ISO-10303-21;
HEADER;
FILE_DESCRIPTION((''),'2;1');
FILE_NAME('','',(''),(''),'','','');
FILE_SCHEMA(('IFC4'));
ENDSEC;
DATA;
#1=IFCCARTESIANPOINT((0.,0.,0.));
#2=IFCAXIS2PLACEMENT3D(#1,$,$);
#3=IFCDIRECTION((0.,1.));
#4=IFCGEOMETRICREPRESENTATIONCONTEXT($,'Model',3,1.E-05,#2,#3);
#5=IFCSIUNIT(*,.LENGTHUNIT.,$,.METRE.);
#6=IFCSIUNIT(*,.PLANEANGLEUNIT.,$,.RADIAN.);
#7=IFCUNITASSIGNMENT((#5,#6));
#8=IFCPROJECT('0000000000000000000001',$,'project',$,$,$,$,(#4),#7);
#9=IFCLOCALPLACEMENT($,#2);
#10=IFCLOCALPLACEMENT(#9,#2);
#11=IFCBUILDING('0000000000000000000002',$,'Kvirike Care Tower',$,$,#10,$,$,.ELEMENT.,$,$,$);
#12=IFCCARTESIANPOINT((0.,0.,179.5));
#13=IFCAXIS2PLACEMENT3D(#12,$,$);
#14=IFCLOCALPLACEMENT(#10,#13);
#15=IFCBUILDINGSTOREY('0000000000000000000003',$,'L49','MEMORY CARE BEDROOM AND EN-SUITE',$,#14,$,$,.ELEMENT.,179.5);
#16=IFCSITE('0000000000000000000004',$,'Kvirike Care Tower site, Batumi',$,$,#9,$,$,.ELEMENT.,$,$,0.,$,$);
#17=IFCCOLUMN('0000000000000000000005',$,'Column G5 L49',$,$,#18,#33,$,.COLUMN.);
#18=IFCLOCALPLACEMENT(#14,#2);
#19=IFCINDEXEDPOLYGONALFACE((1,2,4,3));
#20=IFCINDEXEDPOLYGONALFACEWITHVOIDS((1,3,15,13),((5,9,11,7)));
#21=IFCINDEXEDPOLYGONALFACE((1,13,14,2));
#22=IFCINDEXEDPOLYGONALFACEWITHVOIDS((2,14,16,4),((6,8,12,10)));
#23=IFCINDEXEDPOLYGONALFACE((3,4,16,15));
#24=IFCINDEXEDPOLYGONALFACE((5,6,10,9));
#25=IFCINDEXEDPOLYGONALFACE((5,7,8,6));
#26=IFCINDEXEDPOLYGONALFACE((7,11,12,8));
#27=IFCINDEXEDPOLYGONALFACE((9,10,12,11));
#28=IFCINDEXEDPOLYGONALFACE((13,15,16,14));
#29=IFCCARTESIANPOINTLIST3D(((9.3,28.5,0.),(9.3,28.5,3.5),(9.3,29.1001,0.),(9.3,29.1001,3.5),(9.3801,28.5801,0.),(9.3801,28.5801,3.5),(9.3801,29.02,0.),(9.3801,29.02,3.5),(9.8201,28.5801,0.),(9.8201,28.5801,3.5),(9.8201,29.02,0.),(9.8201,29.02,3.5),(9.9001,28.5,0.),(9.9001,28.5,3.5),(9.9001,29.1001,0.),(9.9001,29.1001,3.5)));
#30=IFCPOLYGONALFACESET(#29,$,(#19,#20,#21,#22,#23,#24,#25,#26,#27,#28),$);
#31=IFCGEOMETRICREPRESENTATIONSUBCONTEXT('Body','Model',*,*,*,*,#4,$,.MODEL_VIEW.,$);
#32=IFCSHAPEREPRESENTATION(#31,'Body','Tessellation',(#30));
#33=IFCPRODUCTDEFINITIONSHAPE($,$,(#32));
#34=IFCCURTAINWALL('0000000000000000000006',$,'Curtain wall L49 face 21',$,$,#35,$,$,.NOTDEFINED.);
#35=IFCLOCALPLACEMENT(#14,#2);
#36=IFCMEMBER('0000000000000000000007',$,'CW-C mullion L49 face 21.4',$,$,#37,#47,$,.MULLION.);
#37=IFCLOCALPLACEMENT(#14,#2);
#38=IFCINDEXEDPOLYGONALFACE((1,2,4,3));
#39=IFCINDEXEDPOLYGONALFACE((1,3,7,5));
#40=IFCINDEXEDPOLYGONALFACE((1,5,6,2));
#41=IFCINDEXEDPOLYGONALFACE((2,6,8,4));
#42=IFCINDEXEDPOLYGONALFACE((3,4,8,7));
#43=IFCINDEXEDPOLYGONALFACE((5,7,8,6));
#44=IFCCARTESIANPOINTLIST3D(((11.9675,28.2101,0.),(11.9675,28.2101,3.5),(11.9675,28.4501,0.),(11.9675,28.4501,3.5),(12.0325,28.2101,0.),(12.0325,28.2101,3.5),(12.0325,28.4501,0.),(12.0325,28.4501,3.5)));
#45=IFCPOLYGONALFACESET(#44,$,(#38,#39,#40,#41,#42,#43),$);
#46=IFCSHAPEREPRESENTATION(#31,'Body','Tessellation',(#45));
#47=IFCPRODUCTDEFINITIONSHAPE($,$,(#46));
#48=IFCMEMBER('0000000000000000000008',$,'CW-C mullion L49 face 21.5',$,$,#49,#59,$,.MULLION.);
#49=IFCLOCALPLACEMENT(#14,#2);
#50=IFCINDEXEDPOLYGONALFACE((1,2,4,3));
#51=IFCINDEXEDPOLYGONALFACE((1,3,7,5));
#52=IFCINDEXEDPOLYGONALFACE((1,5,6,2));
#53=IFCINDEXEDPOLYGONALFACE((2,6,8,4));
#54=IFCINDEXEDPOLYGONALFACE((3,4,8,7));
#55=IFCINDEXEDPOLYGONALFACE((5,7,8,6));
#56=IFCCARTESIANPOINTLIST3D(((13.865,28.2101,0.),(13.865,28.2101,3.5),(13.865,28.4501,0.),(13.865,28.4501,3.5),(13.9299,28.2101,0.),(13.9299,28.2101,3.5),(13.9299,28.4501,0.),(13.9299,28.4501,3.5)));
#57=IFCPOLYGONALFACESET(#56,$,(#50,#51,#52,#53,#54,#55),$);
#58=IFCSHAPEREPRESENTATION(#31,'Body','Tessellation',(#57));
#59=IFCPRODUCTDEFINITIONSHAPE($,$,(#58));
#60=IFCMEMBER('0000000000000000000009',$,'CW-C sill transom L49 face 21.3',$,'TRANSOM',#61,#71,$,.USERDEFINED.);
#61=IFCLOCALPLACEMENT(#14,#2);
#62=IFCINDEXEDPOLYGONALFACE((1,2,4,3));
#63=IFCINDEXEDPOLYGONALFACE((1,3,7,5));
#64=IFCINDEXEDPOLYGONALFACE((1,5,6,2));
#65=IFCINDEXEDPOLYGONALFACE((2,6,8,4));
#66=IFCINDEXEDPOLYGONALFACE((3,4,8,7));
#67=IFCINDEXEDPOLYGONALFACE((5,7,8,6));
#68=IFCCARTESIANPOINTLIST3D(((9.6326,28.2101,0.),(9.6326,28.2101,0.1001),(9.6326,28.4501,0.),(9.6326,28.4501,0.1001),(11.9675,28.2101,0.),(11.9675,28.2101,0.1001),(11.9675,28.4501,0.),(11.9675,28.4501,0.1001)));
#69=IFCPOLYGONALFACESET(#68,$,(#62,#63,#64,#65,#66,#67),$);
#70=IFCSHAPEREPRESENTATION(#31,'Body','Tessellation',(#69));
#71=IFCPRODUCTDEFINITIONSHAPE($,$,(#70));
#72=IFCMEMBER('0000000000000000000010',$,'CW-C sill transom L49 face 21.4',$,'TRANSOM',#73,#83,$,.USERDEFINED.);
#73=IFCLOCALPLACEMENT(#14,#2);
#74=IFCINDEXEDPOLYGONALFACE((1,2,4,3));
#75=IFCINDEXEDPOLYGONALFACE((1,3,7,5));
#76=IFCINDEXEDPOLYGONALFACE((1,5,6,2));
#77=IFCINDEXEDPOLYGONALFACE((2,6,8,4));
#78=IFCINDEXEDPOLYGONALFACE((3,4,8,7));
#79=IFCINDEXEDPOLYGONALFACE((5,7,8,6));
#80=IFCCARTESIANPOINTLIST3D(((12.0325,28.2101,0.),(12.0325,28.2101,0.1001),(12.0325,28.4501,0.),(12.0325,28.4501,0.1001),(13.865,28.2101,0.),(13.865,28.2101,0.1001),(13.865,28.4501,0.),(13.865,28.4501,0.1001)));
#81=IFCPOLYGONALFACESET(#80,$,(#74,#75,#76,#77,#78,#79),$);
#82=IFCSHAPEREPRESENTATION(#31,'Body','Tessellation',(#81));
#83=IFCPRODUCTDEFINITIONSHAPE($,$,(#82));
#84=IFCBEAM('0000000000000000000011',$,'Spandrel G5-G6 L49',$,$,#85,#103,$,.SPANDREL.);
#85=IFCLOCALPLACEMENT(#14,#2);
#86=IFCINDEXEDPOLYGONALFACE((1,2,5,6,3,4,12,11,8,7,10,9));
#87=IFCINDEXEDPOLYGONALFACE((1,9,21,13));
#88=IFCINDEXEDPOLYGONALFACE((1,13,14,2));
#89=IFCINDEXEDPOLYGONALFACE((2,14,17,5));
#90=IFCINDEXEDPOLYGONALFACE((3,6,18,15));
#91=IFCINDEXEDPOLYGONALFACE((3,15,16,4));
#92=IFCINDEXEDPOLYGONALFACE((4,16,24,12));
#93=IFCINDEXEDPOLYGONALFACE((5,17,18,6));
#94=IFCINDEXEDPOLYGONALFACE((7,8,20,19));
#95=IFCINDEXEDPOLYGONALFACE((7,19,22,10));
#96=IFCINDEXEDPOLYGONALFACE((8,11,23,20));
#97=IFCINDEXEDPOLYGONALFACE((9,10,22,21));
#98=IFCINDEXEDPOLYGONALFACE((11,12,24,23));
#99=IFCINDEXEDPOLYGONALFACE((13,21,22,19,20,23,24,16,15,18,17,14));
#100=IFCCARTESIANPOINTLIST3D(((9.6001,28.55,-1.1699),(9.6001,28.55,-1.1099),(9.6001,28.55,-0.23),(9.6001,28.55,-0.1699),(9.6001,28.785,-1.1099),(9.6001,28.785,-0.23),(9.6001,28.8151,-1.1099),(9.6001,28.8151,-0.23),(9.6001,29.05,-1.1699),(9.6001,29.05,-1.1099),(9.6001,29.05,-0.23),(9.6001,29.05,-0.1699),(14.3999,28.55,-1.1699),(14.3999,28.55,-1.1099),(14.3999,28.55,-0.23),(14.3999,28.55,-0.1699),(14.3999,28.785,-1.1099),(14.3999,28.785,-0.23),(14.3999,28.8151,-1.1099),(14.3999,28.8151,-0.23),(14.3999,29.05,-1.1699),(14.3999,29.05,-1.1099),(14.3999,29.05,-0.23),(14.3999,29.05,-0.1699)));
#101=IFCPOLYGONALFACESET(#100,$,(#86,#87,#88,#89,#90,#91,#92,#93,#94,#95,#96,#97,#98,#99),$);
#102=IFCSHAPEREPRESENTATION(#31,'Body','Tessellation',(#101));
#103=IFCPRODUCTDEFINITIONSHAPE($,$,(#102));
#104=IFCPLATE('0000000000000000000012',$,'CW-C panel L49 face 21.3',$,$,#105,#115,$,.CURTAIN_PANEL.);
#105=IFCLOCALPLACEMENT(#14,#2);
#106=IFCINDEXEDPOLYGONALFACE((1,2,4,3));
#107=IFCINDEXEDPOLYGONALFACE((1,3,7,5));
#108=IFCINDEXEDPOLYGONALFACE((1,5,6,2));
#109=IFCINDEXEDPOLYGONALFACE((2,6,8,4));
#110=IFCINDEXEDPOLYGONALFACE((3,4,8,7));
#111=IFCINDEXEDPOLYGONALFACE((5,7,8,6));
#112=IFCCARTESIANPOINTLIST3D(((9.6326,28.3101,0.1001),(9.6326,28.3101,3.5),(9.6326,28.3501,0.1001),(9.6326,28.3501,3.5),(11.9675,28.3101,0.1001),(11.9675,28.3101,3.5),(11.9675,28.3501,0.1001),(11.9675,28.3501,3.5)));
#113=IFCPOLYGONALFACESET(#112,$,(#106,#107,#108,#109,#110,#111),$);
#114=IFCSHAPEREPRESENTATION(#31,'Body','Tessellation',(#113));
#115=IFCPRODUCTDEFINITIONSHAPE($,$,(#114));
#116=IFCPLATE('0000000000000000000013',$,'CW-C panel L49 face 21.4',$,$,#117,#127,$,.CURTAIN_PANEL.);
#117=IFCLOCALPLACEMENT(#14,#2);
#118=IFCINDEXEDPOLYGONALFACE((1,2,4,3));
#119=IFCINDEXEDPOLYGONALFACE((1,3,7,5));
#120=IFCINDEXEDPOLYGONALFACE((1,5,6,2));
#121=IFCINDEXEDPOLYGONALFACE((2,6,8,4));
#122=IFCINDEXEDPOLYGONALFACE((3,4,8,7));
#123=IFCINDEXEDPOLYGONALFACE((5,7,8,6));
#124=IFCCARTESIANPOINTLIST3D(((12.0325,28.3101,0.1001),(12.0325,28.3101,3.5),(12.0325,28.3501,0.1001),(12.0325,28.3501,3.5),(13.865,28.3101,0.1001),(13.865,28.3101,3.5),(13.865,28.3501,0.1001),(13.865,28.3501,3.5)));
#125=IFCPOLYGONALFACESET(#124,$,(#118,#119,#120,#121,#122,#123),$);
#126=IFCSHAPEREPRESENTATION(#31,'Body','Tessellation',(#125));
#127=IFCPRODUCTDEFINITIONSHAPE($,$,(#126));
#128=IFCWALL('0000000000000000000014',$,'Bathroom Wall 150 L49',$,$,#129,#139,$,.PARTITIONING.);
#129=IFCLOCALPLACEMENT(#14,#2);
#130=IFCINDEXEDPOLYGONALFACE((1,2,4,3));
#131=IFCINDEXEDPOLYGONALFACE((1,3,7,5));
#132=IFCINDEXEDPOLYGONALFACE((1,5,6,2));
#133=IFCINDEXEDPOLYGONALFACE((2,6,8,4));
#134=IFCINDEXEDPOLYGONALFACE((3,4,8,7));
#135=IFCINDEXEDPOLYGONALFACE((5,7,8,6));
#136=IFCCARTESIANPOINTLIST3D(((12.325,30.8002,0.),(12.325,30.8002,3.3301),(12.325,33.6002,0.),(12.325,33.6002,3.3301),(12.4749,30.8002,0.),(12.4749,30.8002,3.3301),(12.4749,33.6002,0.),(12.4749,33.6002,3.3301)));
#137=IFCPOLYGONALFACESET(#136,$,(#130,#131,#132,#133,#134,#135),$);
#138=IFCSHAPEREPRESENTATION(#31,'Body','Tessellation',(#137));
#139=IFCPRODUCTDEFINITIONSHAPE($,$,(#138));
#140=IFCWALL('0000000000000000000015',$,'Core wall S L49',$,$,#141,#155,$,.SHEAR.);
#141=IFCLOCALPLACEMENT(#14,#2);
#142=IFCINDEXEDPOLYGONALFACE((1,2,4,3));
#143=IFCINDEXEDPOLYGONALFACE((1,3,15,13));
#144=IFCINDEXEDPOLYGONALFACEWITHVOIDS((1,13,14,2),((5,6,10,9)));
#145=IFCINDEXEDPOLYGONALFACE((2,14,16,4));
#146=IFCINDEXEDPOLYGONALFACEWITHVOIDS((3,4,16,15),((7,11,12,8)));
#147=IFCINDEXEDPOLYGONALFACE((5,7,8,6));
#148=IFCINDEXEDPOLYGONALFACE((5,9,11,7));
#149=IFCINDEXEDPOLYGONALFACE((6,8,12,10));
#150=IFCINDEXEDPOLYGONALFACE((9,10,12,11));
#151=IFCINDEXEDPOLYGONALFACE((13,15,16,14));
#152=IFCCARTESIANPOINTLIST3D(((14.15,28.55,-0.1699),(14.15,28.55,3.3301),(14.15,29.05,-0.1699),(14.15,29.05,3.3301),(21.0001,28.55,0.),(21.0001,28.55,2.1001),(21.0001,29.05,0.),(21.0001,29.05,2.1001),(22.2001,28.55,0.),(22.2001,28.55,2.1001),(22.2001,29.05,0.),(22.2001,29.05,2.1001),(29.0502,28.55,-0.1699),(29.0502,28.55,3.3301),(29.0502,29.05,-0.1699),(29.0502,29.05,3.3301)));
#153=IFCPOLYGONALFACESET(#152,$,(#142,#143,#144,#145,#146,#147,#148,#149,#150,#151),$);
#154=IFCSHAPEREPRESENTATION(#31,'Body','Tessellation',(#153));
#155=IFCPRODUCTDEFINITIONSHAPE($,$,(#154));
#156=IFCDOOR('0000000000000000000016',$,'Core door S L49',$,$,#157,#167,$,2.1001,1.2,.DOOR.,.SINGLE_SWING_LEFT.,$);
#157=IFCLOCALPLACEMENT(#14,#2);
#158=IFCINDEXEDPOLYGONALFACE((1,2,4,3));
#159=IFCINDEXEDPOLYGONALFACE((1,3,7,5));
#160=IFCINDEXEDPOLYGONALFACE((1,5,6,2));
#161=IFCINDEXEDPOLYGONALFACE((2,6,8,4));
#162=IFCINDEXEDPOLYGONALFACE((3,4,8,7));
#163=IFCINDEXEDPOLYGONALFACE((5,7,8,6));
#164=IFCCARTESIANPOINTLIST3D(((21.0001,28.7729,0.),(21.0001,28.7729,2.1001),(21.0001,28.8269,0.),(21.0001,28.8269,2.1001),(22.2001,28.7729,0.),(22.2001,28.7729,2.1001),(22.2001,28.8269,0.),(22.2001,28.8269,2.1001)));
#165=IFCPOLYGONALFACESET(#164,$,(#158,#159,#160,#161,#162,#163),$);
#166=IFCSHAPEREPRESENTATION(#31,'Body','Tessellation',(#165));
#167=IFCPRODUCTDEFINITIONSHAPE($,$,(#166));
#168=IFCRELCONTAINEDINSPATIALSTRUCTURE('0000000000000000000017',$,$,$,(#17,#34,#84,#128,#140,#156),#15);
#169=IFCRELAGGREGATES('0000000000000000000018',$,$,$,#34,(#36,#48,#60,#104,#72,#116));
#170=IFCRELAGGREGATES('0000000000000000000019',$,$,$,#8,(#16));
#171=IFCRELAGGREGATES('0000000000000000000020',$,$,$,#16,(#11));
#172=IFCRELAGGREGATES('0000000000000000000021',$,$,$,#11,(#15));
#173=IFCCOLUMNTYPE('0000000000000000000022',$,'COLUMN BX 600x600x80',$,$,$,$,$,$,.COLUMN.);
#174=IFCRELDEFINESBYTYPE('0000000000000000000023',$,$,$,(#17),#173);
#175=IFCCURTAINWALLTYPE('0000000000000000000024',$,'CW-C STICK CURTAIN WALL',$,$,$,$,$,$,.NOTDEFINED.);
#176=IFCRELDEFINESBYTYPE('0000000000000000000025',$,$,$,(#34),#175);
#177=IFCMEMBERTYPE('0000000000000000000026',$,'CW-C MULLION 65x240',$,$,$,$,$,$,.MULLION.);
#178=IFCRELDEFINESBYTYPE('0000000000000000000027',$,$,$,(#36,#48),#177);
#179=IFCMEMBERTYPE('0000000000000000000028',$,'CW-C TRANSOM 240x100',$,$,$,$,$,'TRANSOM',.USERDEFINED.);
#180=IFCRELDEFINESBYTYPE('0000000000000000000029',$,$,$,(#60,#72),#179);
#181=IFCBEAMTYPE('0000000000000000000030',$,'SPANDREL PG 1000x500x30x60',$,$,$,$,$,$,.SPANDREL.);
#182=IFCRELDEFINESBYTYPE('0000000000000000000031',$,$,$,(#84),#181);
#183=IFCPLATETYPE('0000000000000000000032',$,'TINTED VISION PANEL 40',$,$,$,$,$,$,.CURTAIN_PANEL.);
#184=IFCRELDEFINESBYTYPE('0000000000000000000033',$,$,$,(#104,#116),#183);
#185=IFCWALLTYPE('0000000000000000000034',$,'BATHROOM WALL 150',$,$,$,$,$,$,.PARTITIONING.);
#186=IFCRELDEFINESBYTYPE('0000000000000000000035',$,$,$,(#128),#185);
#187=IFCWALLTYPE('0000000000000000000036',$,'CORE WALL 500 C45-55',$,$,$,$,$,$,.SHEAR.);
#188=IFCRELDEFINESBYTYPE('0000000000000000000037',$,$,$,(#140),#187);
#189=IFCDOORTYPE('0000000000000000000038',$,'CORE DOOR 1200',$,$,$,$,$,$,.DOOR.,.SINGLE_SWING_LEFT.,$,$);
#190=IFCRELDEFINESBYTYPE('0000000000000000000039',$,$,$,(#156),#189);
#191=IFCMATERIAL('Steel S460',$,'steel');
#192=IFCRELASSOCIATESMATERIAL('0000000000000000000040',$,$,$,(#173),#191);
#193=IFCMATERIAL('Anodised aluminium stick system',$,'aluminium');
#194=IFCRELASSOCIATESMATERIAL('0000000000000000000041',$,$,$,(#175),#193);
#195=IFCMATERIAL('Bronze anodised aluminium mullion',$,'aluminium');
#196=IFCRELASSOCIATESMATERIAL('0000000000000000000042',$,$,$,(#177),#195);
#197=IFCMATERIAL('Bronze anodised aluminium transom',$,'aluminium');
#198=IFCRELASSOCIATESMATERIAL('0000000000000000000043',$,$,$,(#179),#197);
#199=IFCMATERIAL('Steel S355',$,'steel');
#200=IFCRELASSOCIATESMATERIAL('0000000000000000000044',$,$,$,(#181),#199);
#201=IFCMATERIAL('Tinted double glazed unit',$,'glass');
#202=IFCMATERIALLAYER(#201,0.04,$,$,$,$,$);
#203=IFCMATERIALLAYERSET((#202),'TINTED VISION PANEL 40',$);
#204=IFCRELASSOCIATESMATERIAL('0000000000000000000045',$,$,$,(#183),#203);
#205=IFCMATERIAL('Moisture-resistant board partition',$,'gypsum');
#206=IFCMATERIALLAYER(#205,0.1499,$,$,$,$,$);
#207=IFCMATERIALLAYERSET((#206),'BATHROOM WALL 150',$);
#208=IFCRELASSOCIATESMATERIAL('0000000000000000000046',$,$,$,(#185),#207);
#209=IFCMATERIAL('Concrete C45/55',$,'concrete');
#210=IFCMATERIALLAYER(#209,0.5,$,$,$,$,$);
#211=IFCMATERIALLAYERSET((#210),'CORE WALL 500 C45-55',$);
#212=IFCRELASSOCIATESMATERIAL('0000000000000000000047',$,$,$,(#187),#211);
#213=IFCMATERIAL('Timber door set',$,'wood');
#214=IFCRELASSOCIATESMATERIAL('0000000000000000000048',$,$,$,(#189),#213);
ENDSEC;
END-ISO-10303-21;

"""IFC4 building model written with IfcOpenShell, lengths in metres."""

from ifc_helpers import new_model, si_unit, direction, frame, frame_2d, origin, origin_2d, place, context, subcontext, project, spatial, rectangle, hollow_rectangle, i_section, extrude, material, layer, layer_set, material_profile, profile_set, type_object, element, fill, aggregate, save


model = new_model("IFC4")

# Units and contexts
model_context = context("Model", 3, precision=1e-05, world=origin(), true_north=direction((0.0, 1.0)))
body_context = subcontext(model_context, "Body", "Model", "MODEL_VIEW")
ifc_project = project(units=[si_unit("LENGTHUNIT", "METRE"), si_unit("PLANEANGLEUNIT", "RADIAN")], contexts=[model_context])

# Site, building, storey
site_placement = place(None, origin())
site = spatial("IfcSite", under=ifc_project, at=site_placement, Name="Kvirike Care Tower site, Batumi", CompositionType="ELEMENT", RefElevation=0.0)
building_placement = place(site_placement, origin())
building = spatial("IfcBuilding", under=site, at=building_placement, Name="Kvirike Care Tower", CompositionType="ELEMENT")
storey_placement = place(building_placement, frame((0.0, 0.0, 179.5)))
storey = spatial("IfcBuildingStorey", under=building, at=storey_placement, Name="L49", Description="MEMORY CARE BEDROOM AND EN-SUITE", CompositionType="ELEMENT", Elevation=179.5)

# Column
ifc_material_1 = material(Name="Steel S460", Category="steel")
ifc_material_profile_1 = material_profile(ifc_material_1, hollow_rectangle(XDim=0.6001, YDim=0.6001, WallThickness=0.0801, at=origin_2d()), Name="BX 600x600x80")
ifc_profile_set_1 = profile_set([ifc_material_profile_1], Name="Steel S460")
column_type = type_object("IfcColumnType", Name="COLUMN BX 600x600x80", PredefinedType="COLUMN", material=ifc_profile_set_1)
column_placement = place(storey_placement, frame((9.6001, 28.8, 0.0), z_axis=(0.0, 0.0, 1.0), x_axis=(0.0, 1.0, 0.0)))
element("IfcColumn", 1, at=column_placement, inside=storey, type_object=column_type, Name="Column G5 L49", PredefinedType="COLUMN", context=body_context, shape_type="SweptSolid", body=[
    extrude(hollow_rectangle(XDim=0.6001, YDim=0.6001, WallThickness=0.0801, at=origin_2d()), origin(), (0.0, 0.0, 1.0), 3.5),
])

# Curtain wall, members
ifc_material_2 = material(Name="Anodised aluminium stick system", Category="aluminium")
curtain_wall_type = type_object("IfcCurtainWallType", Name="CW-C STICK CURTAIN WALL", PredefinedType="NOTDEFINED", material=ifc_material_2)
curtain_wall_placement = place(storey_placement, origin())
curtain_wall = element("IfcCurtainWall", 2, at=curtain_wall_placement, inside=storey, type_object=curtain_wall_type, Name="Curtain wall L49 face 21", PredefinedType="NOTDEFINED")
ifc_material_3 = material(Name="Bronze anodised aluminium mullion", Category="aluminium")
ifc_material_profile_2 = material_profile(ifc_material_3, rectangle(XDim=0.0649, YDim=0.24, at=origin_2d()), Name="CW-C MULLION 65x240")
ifc_profile_set_2 = profile_set([ifc_material_profile_2], Name="Bronze anodised aluminium mullion")
member_type_1 = type_object("IfcMemberType", Name="CW-C MULLION 65x240", PredefinedType="MULLION", material=ifc_profile_set_2)
member_1_placement = place(storey_placement, frame((12.0, 28.3301, 0.0), z_axis=(0.0, 0.0, 1.0), x_axis=(1.0, 0.0, 0.0)))
member_1 = element("IfcMember", 3, at=member_1_placement, type_object=member_type_1, Name="CW-C mullion L49 face 21.4", PredefinedType="MULLION", context=body_context, shape_type="SweptSolid", body=[
    extrude(rectangle(XDim=0.0649, YDim=0.24, at=origin_2d()), origin(), (0.0, 0.0, 1.0), 3.5),
])
member_2_placement = place(storey_placement, frame((13.8975, 28.3301, 0.0), z_axis=(0.0, 0.0, 1.0), x_axis=(1.0, 0.0, 0.0)))
member_2 = element("IfcMember", 4, at=member_2_placement, type_object=member_type_1, Name="CW-C mullion L49 face 21.5", PredefinedType="MULLION", context=body_context, shape_type="SweptSolid", body=[
    extrude(rectangle(XDim=0.0649, YDim=0.24, at=origin_2d()), origin(), (0.0, 0.0, 1.0), 3.5),
])
ifc_material_4 = material(Name="Bronze anodised aluminium transom", Category="aluminium")
ifc_material_profile_3 = material_profile(ifc_material_4, rectangle(XDim=0.24, YDim=0.1001, at=origin_2d()), Name="CW-C TRANSOM 240x100")
ifc_profile_set_3 = profile_set([ifc_material_profile_3], Name="Bronze anodised aluminium transom")
member_type_2 = type_object("IfcMemberType", Name="CW-C TRANSOM 240x100", ElementType="TRANSOM", PredefinedType="USERDEFINED", material=ifc_profile_set_3)
member_3_placement = place(storey_placement, frame((9.6326, 28.3301, 0.05), z_axis=(1.0, 0.0, 0.0), x_axis=(0.0, 1.0, 0.0)))
member_3 = element("IfcMember", 5, at=member_3_placement, type_object=member_type_2, Name="CW-C sill transom L49 face 21.3", ObjectType="TRANSOM", PredefinedType="USERDEFINED", context=body_context, shape_type="SweptSolid", body=[
    extrude(rectangle(XDim=0.24, YDim=0.1001, at=origin_2d()), origin(), (0.0, 0.0, 1.0), 2.335),
])
member_4_placement = place(storey_placement, frame((12.0325, 28.3301, 0.05), z_axis=(1.0, 0.0, 0.0), x_axis=(0.0, 1.0, 0.0)))
member_4 = element("IfcMember", 6, at=member_4_placement, type_object=member_type_2, Name="CW-C sill transom L49 face 21.4", ObjectType="TRANSOM", PredefinedType="USERDEFINED", context=body_context, shape_type="SweptSolid", body=[
    extrude(rectangle(XDim=0.24, YDim=0.1001, at=origin_2d()), origin(), (0.0, 0.0, 1.0), 1.8325),
])

# Beam
ifc_material_5 = material(Name="Steel S355", Category="steel")
ifc_material_profile_4 = material_profile(ifc_material_5, i_section(OverallWidth=0.5, OverallDepth=1.0, WebThickness=0.03, FlangeThickness=0.0601, at=origin_2d()), Name="PG 1000x500x30x60")
ifc_profile_set_4 = profile_set([ifc_material_profile_4], Name="Steel S355")
beam_type = type_object("IfcBeamType", Name="SPANDREL PG 1000x500x30x60", PredefinedType="SPANDREL", material=ifc_profile_set_4)
beam_placement = place(storey_placement, frame((9.6001, 28.8, -0.6699), z_axis=(1.0, 0.0, 0.0), x_axis=(0.0, 1.0, 0.0)))
element("IfcBeam", 7, at=beam_placement, inside=storey, type_object=beam_type, Name="Spandrel G5-G6 L49", PredefinedType="SPANDREL", context=body_context, shape_type="SweptSolid", body=[
    extrude(i_section(OverallWidth=0.5, OverallDepth=1.0, WebThickness=0.03, FlangeThickness=0.0601, at=origin_2d()), origin(), (0.0, 0.0, 1.0), 4.7998),
])

# Plates
ifc_material_6 = material(Name="Tinted double glazed unit", Category="glass")
ifc_layer_1 = layer(ifc_material_6, 0.04)
ifc_layer_set_1 = layer_set([ifc_layer_1], Name="TINTED VISION PANEL 40")
plate_type = type_object("IfcPlateType", Name="TINTED VISION PANEL 40", PredefinedType="CURTAIN_PANEL", material=ifc_layer_set_1)
plate_1_placement = place(storey_placement, frame((10.8, 28.3301, 0.1001), z_axis=(0.0, 0.0, 1.0), x_axis=(1.0, 0.0, 0.0)))
plate_1 = element("IfcPlate", 8, at=plate_1_placement, type_object=plate_type, Name="CW-C panel L49 face 21.3", PredefinedType="CURTAIN_PANEL", context=body_context, shape_type="SweptSolid", body=[
    extrude(rectangle(XDim=2.335, YDim=0.04, at=origin_2d()), origin(), (0.0, 0.0, 1.0), 3.3999),
])
plate_2_placement = place(storey_placement, frame((12.9487, 28.3301, 0.1001), z_axis=(0.0, 0.0, 1.0), x_axis=(1.0, 0.0, 0.0)))
plate_2 = element("IfcPlate", 9, at=plate_2_placement, type_object=plate_type, Name="CW-C panel L49 face 21.4", PredefinedType="CURTAIN_PANEL", context=body_context, shape_type="SweptSolid", body=[
    extrude(rectangle(XDim=1.8325, YDim=0.04, at=origin_2d()), origin(), (0.0, 0.0, 1.0), 3.3999),
])
aggregate(curtain_wall, [member_1, member_2, member_3, plate_1, member_4, plate_2])

# Wall
ifc_material_7 = material(Name="Moisture-resistant board partition", Category="gypsum")
ifc_layer_2 = layer(ifc_material_7, 0.1499)
ifc_layer_set_2 = layer_set([ifc_layer_2], Name="BATHROOM WALL 150")
wall_type_1 = type_object("IfcWallType", Name="BATHROOM WALL 150", PredefinedType="PARTITIONING", material=ifc_layer_set_2)
wall_1_placement = place(storey_placement, frame((12.3999, 33.6001, 0.0), z_axis=(0.0, 0.0, 1.0), x_axis=(0.0, -1.0, 0.0)))
element("IfcWall", 10, at=wall_1_placement, inside=storey, type_object=wall_type_1, Name="Bathroom Wall 150 L49", PredefinedType="PARTITIONING", context=body_context, shape_type="SweptSolid", body=[
    extrude(rectangle(XDim=2.8, YDim=0.1499, at=frame_2d((1.3999, 0.0))), origin(), (0.0, 0.0, 1.0), 3.3301),
])

# Wall, opening, door
ifc_material_8 = material(Name="Concrete C45/55", Category="concrete")
ifc_layer_3 = layer(ifc_material_8, 0.5)
ifc_layer_set_3 = layer_set([ifc_layer_3], Name="CORE WALL 500 C45-55")
wall_type_2 = type_object("IfcWallType", Name="CORE WALL 500 C45-55", PredefinedType="SHEAR", material=ifc_layer_set_3)
wall_2_placement = place(storey_placement, frame((14.1499, 28.8, -0.1699), z_axis=(0.0, 0.0, 1.0), x_axis=(1.0, 0.0, 0.0)))
wall_2 = element("IfcWall", 11, at=wall_2_placement, inside=storey, type_object=wall_type_2, Name="Core wall S L49", PredefinedType="SHEAR", context=body_context, shape_type="SweptSolid", body=[
    extrude(rectangle(XDim=14.9001, YDim=0.5, at=frame_2d((7.4502, 0.0))), origin(), (0.0, 0.0, 1.0), 3.5),
])
opening_1_placement = place(wall_2_placement, frame((6.8501, 0.0, 0.1699)))
opening_1 = element("IfcOpeningElement", 12, at=opening_1_placement, cuts=wall_2, PredefinedType="OPENING", context=body_context, shape_type="SweptSolid", body=[
    extrude(rectangle(XDim=1.2, YDim=2.1001, at=frame_2d((0.6001, 1.05))), frame((0.0, 0.2605, 0.0), z_axis=(0.0, -1.0, 0.0), x_axis=(1.0, 0.0, 0.0)), (0.0, 0.0, 1.0), 0.521),
])
ifc_material_9 = material(Name="Timber door set", Category="wood")
door_type_1 = type_object("IfcDoorType", Name="CORE DOOR 1200", OperationType="SINGLE_SWING_LEFT", PredefinedType="DOOR", material=ifc_material_9)
door_1_placement = place(opening_1_placement, origin())
door_1 = element("IfcDoor", 13, at=door_1_placement, inside=storey, type_object=door_type_1, Name="Core door S L49", OperationType="SINGLE_SWING_LEFT", OverallHeight=2.1001, OverallWidth=1.2, PredefinedType="DOOR", context=body_context, shape_type="SweptSolid", body=[
    extrude(rectangle(XDim=1.2, YDim=2.1001, at=frame_2d((0.6001, 1.05))), frame((0.0, 0.0269, 0.0), z_axis=(0.0, -1.0, 0.0), x_axis=(1.0, 0.0, 0.0)), (0.0, 0.0, 1.0), 0.054),
])
fill(opening_1, door_1)

save(model, "model.ifc")
